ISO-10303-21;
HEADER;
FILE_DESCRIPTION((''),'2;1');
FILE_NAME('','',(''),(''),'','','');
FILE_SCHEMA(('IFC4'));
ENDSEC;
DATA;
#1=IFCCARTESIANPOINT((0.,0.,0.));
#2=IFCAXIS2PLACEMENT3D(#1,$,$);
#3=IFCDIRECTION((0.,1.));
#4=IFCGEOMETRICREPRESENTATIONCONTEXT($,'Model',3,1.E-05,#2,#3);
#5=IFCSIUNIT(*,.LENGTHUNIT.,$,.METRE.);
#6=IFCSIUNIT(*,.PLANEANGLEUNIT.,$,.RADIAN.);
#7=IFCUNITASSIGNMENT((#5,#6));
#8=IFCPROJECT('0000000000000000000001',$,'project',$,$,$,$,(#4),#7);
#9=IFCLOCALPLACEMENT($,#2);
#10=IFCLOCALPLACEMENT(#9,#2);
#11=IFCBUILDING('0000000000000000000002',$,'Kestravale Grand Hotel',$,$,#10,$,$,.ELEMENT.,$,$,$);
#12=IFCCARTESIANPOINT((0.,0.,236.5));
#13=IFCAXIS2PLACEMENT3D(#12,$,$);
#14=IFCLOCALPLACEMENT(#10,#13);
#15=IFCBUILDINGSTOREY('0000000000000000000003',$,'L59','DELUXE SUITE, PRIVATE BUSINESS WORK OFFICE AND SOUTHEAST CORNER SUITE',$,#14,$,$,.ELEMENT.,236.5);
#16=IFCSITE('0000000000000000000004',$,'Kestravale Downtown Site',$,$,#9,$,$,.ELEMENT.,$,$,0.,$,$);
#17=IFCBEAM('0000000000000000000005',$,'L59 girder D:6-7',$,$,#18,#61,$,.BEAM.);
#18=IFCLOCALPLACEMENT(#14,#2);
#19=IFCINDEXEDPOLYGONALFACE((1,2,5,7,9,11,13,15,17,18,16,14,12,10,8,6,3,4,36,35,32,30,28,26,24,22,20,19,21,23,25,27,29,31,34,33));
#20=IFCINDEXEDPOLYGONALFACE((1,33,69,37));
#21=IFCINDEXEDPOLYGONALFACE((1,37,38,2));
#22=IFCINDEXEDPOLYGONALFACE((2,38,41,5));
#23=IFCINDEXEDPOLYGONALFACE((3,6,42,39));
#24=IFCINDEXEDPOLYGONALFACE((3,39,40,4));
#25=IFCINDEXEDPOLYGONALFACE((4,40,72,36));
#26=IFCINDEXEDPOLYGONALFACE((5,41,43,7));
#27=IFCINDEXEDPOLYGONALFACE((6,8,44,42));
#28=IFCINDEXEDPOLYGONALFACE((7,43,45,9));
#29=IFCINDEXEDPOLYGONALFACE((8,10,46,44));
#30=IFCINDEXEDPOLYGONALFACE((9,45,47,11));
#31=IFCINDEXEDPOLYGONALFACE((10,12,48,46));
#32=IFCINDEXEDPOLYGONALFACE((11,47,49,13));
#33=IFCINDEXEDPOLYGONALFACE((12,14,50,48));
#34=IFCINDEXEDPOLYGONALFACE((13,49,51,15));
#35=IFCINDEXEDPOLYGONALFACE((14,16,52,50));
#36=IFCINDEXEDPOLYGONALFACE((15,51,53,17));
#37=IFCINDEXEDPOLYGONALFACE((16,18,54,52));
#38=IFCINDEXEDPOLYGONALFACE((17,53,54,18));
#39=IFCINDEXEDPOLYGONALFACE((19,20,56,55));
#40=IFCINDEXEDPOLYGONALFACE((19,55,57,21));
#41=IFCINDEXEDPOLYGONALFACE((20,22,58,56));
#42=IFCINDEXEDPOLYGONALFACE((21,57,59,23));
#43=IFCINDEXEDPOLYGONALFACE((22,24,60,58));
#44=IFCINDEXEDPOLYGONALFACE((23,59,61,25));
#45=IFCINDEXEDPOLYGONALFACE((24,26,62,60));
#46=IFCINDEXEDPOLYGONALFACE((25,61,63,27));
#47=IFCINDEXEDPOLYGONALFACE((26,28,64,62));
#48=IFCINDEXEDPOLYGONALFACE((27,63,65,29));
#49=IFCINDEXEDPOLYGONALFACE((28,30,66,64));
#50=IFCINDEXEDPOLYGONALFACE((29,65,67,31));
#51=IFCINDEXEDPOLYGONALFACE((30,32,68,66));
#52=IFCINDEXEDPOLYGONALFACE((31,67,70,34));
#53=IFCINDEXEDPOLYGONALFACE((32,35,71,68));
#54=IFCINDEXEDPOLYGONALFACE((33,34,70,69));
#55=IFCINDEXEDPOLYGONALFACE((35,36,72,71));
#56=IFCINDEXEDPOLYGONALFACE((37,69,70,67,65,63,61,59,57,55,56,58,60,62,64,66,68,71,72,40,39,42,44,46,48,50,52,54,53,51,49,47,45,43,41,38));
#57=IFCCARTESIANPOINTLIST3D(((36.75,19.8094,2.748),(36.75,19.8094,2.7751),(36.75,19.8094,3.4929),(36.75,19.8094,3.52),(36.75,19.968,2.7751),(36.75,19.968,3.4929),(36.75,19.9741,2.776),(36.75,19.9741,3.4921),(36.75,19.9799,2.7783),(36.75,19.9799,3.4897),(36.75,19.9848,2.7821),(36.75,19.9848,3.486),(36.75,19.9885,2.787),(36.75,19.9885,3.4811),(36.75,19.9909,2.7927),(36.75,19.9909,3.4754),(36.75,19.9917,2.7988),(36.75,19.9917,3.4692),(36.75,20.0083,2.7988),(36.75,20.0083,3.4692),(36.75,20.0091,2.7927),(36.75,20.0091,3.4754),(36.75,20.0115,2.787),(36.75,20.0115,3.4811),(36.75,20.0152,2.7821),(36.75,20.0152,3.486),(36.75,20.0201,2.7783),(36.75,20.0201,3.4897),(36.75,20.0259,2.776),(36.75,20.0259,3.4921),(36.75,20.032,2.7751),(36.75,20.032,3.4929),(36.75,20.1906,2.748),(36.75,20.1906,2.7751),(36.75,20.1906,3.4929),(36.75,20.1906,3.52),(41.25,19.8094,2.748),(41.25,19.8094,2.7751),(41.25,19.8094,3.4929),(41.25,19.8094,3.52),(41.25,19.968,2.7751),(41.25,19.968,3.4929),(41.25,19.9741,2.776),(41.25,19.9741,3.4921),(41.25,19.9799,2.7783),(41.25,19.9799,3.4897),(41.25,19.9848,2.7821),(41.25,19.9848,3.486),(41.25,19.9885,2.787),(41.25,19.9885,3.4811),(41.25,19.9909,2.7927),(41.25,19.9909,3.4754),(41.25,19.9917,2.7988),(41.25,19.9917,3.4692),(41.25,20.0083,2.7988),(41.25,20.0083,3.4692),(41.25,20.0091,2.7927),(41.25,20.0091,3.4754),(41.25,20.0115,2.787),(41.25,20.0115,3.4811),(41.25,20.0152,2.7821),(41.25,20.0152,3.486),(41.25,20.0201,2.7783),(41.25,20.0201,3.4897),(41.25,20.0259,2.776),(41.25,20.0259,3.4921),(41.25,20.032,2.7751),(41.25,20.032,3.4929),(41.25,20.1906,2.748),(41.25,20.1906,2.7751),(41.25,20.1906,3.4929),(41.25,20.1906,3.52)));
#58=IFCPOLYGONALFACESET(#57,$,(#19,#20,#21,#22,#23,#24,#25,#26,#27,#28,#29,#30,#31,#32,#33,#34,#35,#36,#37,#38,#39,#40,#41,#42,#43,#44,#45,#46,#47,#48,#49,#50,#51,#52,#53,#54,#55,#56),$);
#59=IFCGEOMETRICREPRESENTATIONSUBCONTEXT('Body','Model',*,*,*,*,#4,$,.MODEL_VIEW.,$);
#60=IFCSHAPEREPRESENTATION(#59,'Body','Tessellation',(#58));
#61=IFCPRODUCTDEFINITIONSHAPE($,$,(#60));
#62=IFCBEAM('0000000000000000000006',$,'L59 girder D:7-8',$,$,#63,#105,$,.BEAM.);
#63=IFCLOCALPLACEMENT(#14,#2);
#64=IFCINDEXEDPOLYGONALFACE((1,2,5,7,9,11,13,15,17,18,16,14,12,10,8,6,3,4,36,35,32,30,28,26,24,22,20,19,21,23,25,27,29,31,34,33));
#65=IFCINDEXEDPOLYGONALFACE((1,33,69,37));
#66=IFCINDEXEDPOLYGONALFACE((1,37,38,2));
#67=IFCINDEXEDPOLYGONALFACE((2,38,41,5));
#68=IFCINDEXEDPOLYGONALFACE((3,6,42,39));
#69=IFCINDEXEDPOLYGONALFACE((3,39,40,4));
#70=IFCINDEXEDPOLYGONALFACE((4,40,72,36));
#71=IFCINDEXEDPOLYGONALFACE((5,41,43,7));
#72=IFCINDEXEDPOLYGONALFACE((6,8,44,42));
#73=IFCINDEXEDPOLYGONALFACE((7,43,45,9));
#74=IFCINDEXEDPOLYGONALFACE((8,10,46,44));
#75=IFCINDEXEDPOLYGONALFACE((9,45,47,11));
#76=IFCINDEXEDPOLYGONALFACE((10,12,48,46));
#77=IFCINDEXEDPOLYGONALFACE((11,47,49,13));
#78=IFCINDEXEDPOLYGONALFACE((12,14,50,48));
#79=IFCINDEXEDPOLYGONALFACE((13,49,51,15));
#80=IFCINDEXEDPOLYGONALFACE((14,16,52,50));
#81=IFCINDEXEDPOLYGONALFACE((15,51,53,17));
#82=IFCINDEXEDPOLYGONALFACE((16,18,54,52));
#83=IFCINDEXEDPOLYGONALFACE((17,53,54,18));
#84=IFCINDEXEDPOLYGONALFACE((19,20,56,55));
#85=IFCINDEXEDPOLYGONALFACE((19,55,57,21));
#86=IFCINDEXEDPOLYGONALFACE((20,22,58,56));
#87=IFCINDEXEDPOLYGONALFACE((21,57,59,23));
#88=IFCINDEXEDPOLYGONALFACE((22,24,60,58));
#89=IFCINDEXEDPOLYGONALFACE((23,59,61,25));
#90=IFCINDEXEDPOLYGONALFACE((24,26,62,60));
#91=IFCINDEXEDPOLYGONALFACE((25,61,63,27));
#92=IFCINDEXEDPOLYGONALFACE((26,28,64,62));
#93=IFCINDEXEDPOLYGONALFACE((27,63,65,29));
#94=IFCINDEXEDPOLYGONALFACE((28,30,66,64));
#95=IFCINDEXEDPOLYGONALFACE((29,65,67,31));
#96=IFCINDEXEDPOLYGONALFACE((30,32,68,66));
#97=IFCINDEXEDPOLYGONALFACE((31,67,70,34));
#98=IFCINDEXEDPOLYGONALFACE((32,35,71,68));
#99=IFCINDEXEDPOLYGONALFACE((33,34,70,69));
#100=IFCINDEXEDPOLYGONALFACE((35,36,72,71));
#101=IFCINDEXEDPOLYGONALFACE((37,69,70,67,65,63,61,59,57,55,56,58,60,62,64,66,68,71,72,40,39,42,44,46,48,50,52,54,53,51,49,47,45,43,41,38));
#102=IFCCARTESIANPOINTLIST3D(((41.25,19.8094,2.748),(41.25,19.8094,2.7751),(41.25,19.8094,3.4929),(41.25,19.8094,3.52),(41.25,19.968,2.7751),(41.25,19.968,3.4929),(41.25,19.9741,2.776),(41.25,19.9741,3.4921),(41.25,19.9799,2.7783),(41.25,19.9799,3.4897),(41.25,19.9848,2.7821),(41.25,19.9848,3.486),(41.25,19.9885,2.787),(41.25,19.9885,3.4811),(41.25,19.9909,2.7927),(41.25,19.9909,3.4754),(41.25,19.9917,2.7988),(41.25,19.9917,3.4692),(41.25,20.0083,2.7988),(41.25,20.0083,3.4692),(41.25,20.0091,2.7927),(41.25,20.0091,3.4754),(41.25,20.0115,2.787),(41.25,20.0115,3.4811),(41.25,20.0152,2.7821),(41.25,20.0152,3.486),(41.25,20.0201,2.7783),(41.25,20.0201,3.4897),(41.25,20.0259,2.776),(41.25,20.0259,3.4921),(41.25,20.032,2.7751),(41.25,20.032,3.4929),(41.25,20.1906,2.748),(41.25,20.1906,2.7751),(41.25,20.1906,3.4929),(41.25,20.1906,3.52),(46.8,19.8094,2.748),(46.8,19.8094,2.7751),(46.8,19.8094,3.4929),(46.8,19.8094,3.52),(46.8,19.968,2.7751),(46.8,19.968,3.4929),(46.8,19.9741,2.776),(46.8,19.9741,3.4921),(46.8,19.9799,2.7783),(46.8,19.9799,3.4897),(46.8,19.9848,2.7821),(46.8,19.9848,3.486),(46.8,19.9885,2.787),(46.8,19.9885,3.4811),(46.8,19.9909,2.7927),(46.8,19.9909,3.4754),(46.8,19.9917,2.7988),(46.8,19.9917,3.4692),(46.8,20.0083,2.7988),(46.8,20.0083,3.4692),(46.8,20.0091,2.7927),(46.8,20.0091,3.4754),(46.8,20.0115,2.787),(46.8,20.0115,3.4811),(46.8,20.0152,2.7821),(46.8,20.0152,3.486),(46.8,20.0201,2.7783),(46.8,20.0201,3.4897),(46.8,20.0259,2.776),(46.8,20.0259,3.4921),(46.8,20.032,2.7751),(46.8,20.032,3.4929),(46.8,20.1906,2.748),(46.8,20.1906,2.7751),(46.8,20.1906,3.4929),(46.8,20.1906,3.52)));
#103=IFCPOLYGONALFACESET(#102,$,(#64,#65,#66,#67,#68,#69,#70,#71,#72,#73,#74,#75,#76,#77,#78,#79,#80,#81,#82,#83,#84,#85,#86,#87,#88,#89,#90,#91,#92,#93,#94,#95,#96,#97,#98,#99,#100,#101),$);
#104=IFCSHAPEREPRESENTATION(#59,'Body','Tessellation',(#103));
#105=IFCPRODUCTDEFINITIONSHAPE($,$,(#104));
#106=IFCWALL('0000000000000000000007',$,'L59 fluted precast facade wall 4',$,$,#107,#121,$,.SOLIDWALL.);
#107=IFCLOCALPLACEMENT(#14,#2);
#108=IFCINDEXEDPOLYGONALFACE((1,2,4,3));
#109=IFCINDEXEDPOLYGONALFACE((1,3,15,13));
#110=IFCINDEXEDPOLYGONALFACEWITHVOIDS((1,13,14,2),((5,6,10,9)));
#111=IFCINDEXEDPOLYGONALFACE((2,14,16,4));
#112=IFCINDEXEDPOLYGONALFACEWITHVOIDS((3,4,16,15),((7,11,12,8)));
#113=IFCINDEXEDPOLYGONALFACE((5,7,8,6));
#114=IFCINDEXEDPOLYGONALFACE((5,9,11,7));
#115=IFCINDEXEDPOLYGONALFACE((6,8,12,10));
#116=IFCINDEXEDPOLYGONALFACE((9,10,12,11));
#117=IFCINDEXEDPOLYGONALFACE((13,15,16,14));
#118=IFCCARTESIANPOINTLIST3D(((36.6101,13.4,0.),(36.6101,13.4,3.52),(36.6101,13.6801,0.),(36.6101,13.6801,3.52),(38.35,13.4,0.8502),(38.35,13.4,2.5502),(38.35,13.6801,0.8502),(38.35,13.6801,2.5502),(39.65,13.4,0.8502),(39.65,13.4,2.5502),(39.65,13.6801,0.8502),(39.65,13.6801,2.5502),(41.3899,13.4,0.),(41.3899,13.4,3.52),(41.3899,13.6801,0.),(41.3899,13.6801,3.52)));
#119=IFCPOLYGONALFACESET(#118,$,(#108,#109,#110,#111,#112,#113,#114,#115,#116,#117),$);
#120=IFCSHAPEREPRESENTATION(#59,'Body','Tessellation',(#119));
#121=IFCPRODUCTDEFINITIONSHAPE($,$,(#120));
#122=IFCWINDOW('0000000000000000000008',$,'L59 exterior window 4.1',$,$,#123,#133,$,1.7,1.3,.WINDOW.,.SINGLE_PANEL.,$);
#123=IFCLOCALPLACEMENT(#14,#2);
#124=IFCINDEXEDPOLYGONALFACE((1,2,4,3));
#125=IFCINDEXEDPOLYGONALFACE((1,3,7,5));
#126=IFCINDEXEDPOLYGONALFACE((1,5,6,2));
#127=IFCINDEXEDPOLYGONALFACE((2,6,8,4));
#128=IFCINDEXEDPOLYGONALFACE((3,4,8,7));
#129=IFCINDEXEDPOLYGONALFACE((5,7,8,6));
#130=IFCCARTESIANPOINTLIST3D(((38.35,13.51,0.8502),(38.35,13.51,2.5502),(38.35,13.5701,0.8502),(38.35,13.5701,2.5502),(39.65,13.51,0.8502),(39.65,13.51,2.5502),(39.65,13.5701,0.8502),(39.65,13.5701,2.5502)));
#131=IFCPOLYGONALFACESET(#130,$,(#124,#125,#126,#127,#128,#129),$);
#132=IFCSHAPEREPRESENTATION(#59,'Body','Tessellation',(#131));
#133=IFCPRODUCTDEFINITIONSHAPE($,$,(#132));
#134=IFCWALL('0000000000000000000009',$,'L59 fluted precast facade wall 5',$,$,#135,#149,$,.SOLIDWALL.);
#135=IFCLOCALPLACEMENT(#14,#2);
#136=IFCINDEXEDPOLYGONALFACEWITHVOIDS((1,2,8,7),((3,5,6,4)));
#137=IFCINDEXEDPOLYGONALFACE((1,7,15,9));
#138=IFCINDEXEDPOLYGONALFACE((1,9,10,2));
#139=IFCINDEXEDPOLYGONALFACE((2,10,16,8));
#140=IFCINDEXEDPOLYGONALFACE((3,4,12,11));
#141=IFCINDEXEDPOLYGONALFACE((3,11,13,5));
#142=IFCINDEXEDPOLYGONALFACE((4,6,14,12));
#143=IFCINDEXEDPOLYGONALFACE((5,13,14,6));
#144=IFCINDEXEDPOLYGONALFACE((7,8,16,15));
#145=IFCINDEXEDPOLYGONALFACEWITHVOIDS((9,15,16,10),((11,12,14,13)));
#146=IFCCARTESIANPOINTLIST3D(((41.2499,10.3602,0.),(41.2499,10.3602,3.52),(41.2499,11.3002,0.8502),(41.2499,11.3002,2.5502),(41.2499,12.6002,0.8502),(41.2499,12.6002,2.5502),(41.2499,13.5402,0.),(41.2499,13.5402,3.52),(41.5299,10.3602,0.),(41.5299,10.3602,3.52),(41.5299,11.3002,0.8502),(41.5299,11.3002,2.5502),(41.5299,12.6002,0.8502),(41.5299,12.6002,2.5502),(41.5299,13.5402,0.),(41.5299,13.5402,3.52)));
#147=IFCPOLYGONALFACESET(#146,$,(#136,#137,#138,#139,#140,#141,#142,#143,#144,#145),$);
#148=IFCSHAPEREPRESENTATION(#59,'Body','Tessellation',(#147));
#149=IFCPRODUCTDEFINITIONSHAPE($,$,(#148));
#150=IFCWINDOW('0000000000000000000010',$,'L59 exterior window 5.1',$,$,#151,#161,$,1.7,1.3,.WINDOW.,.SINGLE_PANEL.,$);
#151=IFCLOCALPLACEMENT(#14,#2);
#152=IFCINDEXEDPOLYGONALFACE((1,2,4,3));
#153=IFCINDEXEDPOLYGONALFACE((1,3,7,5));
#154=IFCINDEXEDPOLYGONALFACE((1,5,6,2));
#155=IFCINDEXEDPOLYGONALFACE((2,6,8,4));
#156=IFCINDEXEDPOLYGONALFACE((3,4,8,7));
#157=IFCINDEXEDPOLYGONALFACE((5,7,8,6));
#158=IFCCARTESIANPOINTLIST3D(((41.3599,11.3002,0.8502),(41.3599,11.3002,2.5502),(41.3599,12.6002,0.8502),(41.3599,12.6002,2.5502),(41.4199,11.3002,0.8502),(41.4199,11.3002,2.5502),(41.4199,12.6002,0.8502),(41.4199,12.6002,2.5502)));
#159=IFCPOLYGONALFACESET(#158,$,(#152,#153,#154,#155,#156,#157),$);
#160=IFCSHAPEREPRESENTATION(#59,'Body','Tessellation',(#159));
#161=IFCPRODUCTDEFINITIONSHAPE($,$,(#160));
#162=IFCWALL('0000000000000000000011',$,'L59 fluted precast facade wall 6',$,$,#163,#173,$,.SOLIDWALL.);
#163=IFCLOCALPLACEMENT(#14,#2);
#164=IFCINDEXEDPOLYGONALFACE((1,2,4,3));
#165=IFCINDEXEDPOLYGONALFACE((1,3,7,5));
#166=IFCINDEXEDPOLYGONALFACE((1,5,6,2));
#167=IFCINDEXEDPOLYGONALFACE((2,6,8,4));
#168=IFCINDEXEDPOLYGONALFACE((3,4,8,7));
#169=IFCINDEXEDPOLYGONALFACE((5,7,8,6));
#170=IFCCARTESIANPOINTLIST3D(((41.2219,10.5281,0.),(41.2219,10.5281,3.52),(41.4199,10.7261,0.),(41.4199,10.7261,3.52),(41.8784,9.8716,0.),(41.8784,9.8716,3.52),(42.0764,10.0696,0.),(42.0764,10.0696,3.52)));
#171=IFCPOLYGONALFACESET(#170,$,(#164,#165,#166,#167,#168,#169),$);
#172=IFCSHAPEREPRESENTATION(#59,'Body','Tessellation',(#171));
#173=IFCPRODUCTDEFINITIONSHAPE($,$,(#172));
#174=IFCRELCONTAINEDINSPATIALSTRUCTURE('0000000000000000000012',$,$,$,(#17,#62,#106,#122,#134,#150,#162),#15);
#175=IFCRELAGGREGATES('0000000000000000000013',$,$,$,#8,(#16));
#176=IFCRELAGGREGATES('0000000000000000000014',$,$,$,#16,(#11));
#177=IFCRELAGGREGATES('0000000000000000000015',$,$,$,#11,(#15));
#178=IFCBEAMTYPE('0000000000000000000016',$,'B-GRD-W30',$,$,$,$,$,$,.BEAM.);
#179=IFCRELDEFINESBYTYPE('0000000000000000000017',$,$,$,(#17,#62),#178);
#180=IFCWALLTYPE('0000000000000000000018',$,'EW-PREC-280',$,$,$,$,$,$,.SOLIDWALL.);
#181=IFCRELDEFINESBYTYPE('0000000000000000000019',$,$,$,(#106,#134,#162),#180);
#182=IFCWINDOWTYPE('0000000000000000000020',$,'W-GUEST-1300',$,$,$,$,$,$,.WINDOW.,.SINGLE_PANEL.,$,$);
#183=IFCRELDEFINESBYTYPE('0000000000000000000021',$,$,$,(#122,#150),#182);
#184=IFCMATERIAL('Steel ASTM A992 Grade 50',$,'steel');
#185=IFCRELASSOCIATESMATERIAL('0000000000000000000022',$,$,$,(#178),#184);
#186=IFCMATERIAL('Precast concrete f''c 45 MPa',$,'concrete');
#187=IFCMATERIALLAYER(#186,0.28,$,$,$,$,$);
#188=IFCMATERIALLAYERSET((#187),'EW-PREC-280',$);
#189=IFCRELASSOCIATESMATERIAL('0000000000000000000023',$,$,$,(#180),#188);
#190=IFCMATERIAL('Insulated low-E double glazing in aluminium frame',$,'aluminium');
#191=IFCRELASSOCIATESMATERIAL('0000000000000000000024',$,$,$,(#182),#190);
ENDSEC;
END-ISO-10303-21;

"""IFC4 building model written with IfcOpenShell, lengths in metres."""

from ifc_helpers import new_model, si_unit, direction, frame, frame_2d, origin, origin_2d, place, context, subcontext, project, spatial, rectangle, i_section, extrude, material, layer, layer_set, material_profile, profile_set, type_object, element, fill, save


model = new_model("IFC4")

# Units and contexts
model_context = context("Model", 3, precision=1e-05, world=origin(), true_north=direction((0.0, 1.0)))
body_context = subcontext(model_context, "Body", "Model", "MODEL_VIEW")
ifc_project = project(units=[si_unit("LENGTHUNIT", "METRE"), si_unit("PLANEANGLEUNIT", "RADIAN")], contexts=[model_context])

# Site, building, storey
site_placement = place(None, origin())
site = spatial("IfcSite", under=ifc_project, at=site_placement, Name="Kestravale Downtown Site", CompositionType="ELEMENT", RefElevation=0.0)
building_placement = place(site_placement, origin())
building = spatial("IfcBuilding", under=site, at=building_placement, Name="Kestravale Grand Hotel", CompositionType="ELEMENT")
storey_placement = place(building_placement, frame((0.0, 0.0, 236.5)))
storey = spatial("IfcBuildingStorey", under=building, at=storey_placement, Name="L59", Description="DELUXE SUITE, PRIVATE BUSINESS WORK OFFICE AND SOUTHEAST CORNER SUITE", CompositionType="ELEMENT", Elevation=236.5)

# Beams
ifc_material_1 = material(Name="Steel ASTM A992 Grade 50", Category="steel")
ifc_material_profile_1 = material_profile(ifc_material_1, i_section(OverallWidth=0.3811, OverallDepth=0.772, WebThickness=0.0166, FlangeThickness=0.0271, FilletRadius=0.0237, at=origin_2d()))
ifc_profile_set_1 = profile_set([ifc_material_profile_1], Name="Steel ASTM A992 Grade 50")
beam_type_1 = type_object("IfcBeamType", Name="B-GRD-W30", PredefinedType="BEAM", material=ifc_profile_set_1)
beam_1_placement = place(storey_placement, frame((36.75, 20.0, 3.134), z_axis=(1.0, 0.0, 0.0), x_axis=(0.0, 1.0, 0.0)))
element("IfcBeam", 1, at=beam_1_placement, inside=storey, type_object=beam_type_1, Name="L59 girder D:6-7", PredefinedType="BEAM", context=body_context, shape_type="SweptSolid", body=[
    extrude(i_section(OverallWidth=0.3811, OverallDepth=0.772, WebThickness=0.0166, FlangeThickness=0.0271, FilletRadius=0.0237, at=origin_2d()), origin(), (0.0, 0.0, 1.0), 4.5),
])
beam_2_placement = place(storey_placement, frame((41.25, 20.0, 3.134), z_axis=(1.0, 0.0, 0.0), x_axis=(0.0, 1.0, 0.0)))
element("IfcBeam", 2, at=beam_2_placement, inside=storey, type_object=beam_type_1, Name="L59 girder D:7-8", PredefinedType="BEAM", context=body_context, shape_type="SweptSolid", body=[
    extrude(i_section(OverallWidth=0.3811, OverallDepth=0.772, WebThickness=0.0166, FlangeThickness=0.0271, FilletRadius=0.0237, at=origin_2d()), origin(), (0.0, 0.0, 1.0), 5.55),
])

# Walls, openings, windows
ifc_material_2 = material(Name="Precast concrete f'c 45 MPa", Category="concrete")
ifc_layer_1 = layer(ifc_material_2, 0.28)
ifc_layer_set_1 = layer_set([ifc_layer_1], Name="EW-PREC-280")
wall_type_1 = type_object("IfcWallType", Name="EW-PREC-280", PredefinedType="SOLIDWALL", material=ifc_layer_set_1)
wall_1_placement = place(storey_placement, frame((36.6101, 13.54, 0.0), z_axis=(0.0, 0.0, 1.0), x_axis=(1.0, 0.0, 0.0)))
wall_1 = element("IfcWall", 3, at=wall_1_placement, inside=storey, type_object=wall_type_1, Name="L59 fluted precast facade wall 4", PredefinedType="SOLIDWALL", context=body_context, shape_type="SweptSolid", body=[
    extrude(rectangle(XDim=4.7798, YDim=0.28, at=frame_2d((2.3899, 0.0))), origin(), (0.0, 0.0, 1.0), 3.52),
])
opening_1_placement = place(wall_1_placement, frame((1.74, 0.0, 0.8501)))
opening_1 = element("IfcOpeningElement", 4, at=opening_1_placement, cuts=wall_1, PredefinedType="OPENING", context=body_context, shape_type="SweptSolid", body=[
    extrude(rectangle(XDim=1.3, YDim=1.7, at=frame_2d((0.6499, 0.8501))), frame((0.0, 0.1499, 0.0), z_axis=(0.0, -1.0, 0.0), x_axis=(1.0, 0.0, 0.0)), (0.0, 0.0, 1.0), 0.3),
])
ifc_material_3 = material(Name="Insulated low-E double glazing in aluminium frame", Category="aluminium")
window_type = type_object("IfcWindowType", Name="W-GUEST-1300", PartitioningType="SINGLE_PANEL", PredefinedType="WINDOW", material=ifc_material_3)
window_1_placement = place(opening_1_placement, origin())
window_1 = element("IfcWindow", 5, at=window_1_placement, inside=storey, type_object=window_type, Name="L59 exterior window 4.1", OverallHeight=1.7, OverallWidth=1.3, PartitioningType="SINGLE_PANEL", PredefinedType="WINDOW", context=body_context, shape_type="SweptSolid", body=[
    extrude(rectangle(XDim=1.3, YDim=1.7, at=frame_2d((0.6499, 0.8501))), frame((0.0, 0.03, 0.0), z_axis=(0.0, -1.0, 0.0), x_axis=(1.0, 0.0, 0.0)), (0.0, 0.0, 1.0), 0.0601),
])
fill(opening_1, window_1)
wall_2_placement = place(storey_placement, frame((41.3899, 13.54, 0.0), z_axis=(0.0, 0.0, 1.0), x_axis=(0.0, -1.0, 0.0)))
wall_2 = element("IfcWall", 6, at=wall_2_placement, inside=storey, type_object=wall_type_1, Name="L59 fluted precast facade wall 5", PredefinedType="SOLIDWALL", context=body_context, shape_type="SweptSolid", body=[
    extrude(rectangle(XDim=3.1799, YDim=0.28, at=frame_2d((1.5898, 0.0))), origin(), (0.0, 0.0, 1.0), 3.52),
])
opening_2_placement = place(wall_2_placement, frame((0.9399, 0.0, 0.8501)))
opening_2 = element("IfcOpeningElement", 7, at=opening_2_placement, cuts=wall_2, PredefinedType="OPENING", context=body_context, shape_type="SweptSolid", body=[
    extrude(rectangle(XDim=1.3, YDim=1.7, at=frame_2d((0.6499, 0.8501))), frame((0.0, 0.1499, 0.0), z_axis=(0.0, -1.0, 0.0), x_axis=(1.0, 0.0, 0.0)), (0.0, 0.0, 1.0), 0.3),
])
window_2_placement = place(opening_2_placement, origin())
window_2 = element("IfcWindow", 8, at=window_2_placement, inside=storey, type_object=window_type, Name="L59 exterior window 5.1", OverallHeight=1.7, OverallWidth=1.3, PartitioningType="SINGLE_PANEL", PredefinedType="WINDOW", context=body_context, shape_type="SweptSolid", body=[
    extrude(rectangle(XDim=1.3, YDim=1.7, at=frame_2d((0.6499, 0.8501))), frame((0.0, 0.03, 0.0), z_axis=(0.0, -1.0, 0.0), x_axis=(1.0, 0.0, 0.0)), (0.0, 0.0, 1.0), 0.0601),
])
fill(opening_2, window_2)

# Wall
wall_3_placement = place(storey_placement, frame((41.3208, 10.6272, 0.0), z_axis=(0.0, 0.0, 1.0), x_axis=(0.707107, -0.707107, 0.0)))
element("IfcWall", 9, at=wall_3_placement, inside=storey, type_object=wall_type_1, Name="L59 fluted precast facade wall 6", PredefinedType="SOLIDWALL", context=body_context, shape_type="SweptSolid", body=[
    extrude(rectangle(XDim=0.9285, YDim=0.28, at=frame_2d((0.4644, 0.0))), origin(), (0.0, 0.0, 1.0), 3.52),
])

save(model, "model.ifc")
